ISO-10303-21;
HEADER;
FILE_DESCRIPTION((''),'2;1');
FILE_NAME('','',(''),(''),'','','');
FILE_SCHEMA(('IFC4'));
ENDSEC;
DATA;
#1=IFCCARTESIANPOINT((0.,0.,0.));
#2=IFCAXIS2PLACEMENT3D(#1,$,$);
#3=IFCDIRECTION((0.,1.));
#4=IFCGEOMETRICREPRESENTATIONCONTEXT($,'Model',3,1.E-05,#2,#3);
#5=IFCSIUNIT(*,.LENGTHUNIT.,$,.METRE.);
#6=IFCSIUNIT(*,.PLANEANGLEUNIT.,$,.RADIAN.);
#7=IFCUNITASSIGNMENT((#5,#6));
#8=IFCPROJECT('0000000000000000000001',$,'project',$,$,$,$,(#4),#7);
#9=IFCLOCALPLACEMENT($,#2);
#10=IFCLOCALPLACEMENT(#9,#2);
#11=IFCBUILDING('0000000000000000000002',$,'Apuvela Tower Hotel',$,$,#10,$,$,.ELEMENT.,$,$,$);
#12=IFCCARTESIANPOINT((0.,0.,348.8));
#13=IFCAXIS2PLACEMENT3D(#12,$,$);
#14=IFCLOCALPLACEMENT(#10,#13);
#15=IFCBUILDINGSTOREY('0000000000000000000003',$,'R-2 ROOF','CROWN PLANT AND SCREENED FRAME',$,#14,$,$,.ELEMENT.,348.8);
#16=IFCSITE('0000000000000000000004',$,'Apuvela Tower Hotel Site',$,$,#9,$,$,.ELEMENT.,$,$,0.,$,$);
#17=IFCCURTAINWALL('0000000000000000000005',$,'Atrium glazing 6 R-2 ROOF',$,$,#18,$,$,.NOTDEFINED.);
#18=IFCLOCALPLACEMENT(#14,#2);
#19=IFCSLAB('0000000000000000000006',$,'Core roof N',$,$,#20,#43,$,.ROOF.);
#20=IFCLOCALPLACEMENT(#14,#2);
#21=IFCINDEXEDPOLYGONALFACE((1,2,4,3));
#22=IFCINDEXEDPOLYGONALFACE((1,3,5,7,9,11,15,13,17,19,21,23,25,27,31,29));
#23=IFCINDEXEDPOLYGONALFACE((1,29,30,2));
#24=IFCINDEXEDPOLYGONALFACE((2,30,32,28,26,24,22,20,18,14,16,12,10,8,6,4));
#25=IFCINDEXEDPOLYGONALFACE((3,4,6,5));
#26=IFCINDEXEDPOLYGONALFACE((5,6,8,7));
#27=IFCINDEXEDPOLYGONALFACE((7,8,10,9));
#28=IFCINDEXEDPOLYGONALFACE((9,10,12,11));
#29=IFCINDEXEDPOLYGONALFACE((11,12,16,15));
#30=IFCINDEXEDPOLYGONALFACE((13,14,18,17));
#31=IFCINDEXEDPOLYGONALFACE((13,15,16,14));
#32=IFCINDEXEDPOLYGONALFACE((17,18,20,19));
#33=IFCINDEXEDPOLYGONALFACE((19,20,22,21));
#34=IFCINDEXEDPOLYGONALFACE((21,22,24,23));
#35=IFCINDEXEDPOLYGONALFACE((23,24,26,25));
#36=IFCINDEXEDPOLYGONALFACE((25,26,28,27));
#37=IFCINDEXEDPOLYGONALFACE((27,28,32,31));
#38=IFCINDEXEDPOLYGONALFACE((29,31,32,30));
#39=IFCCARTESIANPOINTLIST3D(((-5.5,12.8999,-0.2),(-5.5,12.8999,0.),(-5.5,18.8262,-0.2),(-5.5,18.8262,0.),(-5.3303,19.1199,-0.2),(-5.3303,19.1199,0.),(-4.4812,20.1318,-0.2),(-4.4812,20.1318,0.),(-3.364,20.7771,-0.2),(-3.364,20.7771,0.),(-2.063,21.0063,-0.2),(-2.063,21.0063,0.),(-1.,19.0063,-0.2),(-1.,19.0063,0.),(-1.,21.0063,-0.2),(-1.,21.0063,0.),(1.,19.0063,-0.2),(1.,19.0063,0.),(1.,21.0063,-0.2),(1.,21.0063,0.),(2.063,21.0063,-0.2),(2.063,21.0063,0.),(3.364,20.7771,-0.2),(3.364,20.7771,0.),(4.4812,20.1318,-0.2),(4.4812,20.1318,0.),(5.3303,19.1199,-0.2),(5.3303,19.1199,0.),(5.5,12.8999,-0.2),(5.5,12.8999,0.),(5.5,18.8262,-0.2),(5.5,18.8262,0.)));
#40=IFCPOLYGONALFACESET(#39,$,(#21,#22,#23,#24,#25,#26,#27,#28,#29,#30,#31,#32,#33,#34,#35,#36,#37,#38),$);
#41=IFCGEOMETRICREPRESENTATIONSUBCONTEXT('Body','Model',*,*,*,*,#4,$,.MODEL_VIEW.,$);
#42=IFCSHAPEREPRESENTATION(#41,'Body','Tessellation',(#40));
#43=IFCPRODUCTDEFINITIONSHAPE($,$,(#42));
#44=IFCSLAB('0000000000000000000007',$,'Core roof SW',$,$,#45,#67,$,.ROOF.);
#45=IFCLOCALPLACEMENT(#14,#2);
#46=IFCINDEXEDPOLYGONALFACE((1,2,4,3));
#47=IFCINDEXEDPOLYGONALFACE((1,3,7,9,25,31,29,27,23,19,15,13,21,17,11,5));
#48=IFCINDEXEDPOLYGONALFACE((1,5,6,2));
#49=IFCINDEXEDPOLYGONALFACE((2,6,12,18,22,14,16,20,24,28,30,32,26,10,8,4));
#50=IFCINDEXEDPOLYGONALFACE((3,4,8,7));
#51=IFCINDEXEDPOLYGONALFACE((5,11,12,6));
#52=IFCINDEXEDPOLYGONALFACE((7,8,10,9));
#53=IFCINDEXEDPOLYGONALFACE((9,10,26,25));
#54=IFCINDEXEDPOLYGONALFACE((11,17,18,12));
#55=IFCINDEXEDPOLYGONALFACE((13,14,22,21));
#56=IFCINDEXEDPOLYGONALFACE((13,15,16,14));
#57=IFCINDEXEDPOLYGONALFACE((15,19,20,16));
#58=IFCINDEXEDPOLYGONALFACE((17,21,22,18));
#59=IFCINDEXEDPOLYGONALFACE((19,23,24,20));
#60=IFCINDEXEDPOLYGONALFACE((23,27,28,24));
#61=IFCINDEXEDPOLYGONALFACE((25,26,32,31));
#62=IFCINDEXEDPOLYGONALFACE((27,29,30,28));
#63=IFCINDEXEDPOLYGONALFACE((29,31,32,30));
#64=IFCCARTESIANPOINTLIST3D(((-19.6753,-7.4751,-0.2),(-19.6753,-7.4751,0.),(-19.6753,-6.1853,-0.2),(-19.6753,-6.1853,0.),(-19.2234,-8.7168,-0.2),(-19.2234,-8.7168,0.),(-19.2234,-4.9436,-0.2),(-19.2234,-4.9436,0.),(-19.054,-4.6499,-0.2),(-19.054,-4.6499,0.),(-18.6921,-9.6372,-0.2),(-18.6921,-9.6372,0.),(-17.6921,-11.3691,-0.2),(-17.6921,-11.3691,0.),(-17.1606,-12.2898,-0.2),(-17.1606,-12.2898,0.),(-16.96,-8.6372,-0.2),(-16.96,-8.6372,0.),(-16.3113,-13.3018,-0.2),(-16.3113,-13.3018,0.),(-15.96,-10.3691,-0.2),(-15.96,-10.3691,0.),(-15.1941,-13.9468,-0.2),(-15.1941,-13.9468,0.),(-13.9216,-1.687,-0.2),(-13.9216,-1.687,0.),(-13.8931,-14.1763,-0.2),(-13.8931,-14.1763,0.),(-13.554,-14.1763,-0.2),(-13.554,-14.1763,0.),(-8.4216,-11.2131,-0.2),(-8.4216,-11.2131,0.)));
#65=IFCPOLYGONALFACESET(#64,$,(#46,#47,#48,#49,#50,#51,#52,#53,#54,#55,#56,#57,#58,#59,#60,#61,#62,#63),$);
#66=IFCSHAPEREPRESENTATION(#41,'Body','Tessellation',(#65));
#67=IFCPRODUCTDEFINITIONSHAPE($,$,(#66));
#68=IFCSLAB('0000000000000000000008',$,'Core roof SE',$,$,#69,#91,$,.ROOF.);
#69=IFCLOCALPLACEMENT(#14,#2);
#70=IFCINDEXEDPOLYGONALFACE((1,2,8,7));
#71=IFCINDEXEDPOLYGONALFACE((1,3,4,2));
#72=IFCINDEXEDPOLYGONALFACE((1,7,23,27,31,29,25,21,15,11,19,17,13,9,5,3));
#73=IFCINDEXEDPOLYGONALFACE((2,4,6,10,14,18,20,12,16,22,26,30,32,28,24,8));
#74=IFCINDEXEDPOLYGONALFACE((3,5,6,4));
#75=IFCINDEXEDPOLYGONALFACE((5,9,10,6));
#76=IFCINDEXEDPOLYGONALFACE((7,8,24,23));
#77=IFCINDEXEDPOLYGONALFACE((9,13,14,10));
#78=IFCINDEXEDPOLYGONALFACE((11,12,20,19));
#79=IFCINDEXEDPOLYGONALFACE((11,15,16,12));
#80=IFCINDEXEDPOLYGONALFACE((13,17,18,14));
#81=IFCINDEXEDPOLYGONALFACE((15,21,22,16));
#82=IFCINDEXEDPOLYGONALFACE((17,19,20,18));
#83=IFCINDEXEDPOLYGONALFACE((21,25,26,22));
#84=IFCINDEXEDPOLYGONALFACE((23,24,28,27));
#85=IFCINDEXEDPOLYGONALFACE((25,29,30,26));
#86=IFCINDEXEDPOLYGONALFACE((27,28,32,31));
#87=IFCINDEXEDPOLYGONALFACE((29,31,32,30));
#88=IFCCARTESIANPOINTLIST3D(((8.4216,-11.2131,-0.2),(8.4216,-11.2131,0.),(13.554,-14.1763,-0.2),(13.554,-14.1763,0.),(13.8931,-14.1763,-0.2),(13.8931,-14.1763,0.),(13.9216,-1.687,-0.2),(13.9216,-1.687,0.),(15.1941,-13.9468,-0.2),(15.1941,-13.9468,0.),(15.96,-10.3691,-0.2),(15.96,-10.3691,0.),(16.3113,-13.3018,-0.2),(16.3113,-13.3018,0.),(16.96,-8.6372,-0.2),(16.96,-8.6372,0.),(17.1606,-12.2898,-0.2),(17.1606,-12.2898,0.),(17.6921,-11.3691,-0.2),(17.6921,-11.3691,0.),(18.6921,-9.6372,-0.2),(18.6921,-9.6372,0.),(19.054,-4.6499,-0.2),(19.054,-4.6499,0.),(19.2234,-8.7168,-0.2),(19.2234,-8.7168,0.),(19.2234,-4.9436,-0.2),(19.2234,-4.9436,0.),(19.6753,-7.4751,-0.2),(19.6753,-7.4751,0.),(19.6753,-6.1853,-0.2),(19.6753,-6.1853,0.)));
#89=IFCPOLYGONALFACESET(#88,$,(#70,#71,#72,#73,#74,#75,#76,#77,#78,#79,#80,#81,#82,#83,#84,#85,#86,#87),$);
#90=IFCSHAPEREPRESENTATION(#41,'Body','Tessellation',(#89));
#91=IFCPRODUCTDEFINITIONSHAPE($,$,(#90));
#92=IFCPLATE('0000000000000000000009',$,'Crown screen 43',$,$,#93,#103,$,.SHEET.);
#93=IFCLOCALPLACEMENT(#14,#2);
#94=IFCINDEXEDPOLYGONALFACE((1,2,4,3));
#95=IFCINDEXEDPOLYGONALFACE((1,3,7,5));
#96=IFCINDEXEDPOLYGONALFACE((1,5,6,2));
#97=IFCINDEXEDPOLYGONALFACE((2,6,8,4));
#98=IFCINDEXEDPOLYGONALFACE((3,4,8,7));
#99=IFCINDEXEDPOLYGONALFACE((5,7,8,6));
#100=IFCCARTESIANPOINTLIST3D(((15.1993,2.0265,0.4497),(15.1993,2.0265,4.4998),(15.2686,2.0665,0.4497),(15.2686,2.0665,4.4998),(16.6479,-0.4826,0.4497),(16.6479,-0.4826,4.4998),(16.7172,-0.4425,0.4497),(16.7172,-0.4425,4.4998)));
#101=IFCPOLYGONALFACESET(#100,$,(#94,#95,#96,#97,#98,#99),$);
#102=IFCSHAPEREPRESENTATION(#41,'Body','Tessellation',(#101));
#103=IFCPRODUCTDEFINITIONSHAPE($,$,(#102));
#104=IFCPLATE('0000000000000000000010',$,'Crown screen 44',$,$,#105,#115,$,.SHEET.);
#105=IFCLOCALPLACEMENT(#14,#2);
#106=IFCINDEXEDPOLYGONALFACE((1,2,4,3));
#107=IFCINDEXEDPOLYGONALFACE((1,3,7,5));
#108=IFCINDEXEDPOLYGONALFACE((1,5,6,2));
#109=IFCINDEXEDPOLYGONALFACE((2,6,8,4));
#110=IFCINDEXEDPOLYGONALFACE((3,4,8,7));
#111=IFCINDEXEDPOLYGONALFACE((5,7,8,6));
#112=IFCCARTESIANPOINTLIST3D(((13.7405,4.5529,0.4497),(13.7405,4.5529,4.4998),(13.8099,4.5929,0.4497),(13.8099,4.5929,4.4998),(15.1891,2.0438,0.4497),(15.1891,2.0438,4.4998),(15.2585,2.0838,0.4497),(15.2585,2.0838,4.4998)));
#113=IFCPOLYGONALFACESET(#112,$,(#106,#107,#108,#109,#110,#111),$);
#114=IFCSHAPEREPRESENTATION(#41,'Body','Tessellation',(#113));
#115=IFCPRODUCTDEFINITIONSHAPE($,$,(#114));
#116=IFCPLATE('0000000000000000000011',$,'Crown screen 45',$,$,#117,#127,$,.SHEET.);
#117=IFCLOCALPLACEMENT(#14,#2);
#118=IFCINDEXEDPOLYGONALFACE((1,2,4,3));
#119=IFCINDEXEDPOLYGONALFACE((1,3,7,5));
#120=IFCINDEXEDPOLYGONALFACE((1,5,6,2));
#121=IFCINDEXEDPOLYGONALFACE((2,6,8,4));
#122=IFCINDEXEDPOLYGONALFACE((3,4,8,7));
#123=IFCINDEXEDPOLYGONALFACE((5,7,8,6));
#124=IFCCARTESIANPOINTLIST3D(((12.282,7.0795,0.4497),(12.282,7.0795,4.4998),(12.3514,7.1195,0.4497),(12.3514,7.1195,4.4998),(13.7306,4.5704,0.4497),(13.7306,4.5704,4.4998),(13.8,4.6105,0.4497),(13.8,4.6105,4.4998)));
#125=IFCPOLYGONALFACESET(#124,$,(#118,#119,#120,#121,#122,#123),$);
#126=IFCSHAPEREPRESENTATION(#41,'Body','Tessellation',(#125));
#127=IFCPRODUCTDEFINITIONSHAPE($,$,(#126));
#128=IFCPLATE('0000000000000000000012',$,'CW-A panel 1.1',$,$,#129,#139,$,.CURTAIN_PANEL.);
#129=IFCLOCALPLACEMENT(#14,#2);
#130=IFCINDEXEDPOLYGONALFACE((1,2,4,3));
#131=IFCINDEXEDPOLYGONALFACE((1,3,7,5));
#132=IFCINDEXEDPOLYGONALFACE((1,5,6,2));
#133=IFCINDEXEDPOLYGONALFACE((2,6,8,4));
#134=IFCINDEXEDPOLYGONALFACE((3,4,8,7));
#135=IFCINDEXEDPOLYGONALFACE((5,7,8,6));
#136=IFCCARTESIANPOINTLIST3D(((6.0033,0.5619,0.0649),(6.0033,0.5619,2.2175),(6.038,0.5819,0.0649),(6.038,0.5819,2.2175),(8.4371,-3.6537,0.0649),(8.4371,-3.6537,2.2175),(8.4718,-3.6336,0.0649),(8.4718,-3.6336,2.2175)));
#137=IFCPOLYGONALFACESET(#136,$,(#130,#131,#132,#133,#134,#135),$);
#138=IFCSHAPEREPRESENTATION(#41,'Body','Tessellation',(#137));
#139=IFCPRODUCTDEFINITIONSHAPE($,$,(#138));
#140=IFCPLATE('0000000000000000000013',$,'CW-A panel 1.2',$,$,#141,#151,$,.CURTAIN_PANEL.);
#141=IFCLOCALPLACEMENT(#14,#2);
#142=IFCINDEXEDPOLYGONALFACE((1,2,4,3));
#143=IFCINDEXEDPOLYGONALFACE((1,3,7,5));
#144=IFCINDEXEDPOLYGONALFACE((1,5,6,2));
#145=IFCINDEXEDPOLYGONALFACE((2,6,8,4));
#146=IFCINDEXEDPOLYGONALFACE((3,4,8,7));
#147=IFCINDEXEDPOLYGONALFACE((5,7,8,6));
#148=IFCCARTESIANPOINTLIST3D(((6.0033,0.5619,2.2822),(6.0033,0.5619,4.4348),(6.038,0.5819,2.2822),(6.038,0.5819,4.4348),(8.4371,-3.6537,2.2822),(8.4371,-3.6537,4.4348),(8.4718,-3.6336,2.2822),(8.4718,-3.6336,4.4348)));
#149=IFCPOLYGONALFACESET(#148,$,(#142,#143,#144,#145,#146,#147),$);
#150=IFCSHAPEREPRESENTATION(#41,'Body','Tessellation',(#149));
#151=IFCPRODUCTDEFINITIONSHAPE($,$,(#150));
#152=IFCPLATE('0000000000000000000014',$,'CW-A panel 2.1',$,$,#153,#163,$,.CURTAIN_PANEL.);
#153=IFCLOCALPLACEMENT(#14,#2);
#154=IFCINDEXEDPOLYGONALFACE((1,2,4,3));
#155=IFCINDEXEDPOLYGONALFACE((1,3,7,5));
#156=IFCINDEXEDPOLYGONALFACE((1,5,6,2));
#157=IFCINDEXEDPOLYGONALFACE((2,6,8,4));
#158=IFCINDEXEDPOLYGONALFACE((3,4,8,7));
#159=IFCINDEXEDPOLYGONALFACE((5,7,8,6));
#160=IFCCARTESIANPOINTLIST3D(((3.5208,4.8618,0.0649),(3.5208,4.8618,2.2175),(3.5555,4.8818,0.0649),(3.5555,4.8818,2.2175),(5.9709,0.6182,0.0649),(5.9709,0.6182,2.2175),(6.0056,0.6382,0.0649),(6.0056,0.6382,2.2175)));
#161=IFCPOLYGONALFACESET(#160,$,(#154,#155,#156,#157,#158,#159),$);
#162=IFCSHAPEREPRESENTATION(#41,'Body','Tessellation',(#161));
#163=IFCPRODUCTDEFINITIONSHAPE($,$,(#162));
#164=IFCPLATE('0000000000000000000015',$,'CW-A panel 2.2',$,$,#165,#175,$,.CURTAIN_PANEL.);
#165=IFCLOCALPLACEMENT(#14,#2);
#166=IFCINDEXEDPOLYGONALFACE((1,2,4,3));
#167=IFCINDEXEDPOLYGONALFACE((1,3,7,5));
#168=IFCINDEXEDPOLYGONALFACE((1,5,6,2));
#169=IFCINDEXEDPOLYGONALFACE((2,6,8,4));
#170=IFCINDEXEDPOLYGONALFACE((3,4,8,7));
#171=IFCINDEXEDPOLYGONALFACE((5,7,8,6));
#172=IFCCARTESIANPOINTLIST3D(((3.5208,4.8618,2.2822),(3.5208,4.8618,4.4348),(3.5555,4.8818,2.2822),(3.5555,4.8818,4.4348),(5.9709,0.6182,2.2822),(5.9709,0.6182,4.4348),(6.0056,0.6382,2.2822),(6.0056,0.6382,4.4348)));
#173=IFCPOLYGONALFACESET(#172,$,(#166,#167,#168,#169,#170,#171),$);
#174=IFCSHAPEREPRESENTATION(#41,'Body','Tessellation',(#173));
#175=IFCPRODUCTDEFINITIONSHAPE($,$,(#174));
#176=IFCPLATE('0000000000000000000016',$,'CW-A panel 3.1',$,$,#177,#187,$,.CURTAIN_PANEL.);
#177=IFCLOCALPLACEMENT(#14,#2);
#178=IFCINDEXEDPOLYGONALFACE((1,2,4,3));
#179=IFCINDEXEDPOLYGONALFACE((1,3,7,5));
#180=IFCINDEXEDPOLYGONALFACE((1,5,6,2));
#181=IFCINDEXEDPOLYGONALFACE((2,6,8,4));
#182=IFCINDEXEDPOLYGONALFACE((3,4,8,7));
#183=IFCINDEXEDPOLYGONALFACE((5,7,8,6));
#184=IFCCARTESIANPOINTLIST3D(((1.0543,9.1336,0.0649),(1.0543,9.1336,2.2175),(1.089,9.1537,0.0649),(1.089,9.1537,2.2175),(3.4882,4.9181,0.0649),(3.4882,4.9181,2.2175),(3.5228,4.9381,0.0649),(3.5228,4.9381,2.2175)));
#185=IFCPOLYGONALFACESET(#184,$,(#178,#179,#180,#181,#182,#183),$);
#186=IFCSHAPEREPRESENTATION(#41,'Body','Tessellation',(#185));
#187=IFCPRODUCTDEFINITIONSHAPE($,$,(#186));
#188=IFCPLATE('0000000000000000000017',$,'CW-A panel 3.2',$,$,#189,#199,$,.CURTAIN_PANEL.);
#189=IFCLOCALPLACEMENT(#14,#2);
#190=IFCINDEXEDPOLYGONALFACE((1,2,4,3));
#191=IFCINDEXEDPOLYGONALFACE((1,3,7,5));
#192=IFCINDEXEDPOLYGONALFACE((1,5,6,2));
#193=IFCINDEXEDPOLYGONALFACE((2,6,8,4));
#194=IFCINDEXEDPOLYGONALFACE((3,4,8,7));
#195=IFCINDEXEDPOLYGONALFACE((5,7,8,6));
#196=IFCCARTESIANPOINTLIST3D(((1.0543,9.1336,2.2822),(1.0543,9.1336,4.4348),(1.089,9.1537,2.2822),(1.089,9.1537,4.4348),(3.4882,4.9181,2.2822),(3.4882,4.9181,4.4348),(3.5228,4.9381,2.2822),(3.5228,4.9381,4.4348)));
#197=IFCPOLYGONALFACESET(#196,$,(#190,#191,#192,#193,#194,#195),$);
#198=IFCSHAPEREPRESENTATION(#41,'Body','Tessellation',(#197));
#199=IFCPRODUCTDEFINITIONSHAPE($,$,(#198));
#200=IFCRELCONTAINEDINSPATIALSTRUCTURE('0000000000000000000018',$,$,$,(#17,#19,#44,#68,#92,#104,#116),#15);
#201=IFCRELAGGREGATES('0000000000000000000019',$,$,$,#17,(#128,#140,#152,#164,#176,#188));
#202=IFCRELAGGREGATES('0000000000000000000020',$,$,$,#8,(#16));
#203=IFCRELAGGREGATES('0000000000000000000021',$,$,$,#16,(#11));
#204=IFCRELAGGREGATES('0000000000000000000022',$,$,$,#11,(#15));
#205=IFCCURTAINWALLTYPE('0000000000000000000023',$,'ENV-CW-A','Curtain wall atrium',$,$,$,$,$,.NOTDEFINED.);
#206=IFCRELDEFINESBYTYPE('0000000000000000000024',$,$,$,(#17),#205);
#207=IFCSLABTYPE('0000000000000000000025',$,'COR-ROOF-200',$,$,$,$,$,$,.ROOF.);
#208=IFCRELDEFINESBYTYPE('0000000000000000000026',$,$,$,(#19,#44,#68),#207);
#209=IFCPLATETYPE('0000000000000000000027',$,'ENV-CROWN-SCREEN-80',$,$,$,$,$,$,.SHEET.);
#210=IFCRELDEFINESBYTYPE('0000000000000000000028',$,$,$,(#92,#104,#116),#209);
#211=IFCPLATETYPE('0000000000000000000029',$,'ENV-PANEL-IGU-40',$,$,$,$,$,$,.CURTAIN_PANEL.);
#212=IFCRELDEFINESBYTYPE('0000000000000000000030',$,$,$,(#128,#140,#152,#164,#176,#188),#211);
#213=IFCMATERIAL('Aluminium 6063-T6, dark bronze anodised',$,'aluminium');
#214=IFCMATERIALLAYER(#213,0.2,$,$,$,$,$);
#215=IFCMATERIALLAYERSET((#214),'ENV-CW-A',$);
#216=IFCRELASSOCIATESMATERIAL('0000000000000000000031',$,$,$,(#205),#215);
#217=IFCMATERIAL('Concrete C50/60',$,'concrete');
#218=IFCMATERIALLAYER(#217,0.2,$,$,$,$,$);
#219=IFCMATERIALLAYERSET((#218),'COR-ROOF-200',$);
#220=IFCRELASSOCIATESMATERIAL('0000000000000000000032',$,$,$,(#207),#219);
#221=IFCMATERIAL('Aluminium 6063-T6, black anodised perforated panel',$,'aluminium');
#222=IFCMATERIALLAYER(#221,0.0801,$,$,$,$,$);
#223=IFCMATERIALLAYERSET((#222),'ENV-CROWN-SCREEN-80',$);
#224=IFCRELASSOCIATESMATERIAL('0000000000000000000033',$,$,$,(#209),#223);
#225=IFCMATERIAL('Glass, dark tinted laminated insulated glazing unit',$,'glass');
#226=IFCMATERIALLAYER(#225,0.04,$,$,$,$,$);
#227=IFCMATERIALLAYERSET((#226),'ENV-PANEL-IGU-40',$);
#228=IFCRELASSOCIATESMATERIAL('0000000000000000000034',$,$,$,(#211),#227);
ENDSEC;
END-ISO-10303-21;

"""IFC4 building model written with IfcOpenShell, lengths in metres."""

from ifc_helpers import new_model, si_unit, direction, frame, origin, origin_2d, place, context, subcontext, project, spatial, polyline, rectangle, outline, extrude, material, layer, layer_set, type_object, element, aggregate, save


model = new_model("IFC4")

# Units and contexts
model_context = context("Model", 3, precision=1e-05, world=origin(), true_north=direction((0.0, 1.0)))
body_context = subcontext(model_context, "Body", "Model", "MODEL_VIEW")
ifc_project = project(units=[si_unit("LENGTHUNIT", "METRE"), si_unit("PLANEANGLEUNIT", "RADIAN")], contexts=[model_context])

# Site, building, storey
site_placement = place(None, origin())
site = spatial("IfcSite", under=ifc_project, at=site_placement, Name="Apuvela Tower Hotel Site", CompositionType="ELEMENT", RefElevation=0.0)
building_placement = place(site_placement, origin())
building = spatial("IfcBuilding", under=site, at=building_placement, Name="Apuvela Tower Hotel", CompositionType="ELEMENT")
storey_placement = place(building_placement, frame((0.0, 0.0, 348.8)))
storey = spatial("IfcBuildingStorey", under=building, at=storey_placement, Name="R-2 ROOF", Description="CROWN PLANT AND SCREENED FRAME", CompositionType="ELEMENT", Elevation=348.8)

# Shared definitions
ifc_material_1 = material(Name="Aluminium 6063-T6, dark bronze anodised", Category="aluminium")

# Curtain wall
ifc_layer_1 = layer(ifc_material_1, 0.2)
ifc_layer_set_1 = layer_set([ifc_layer_1], Name="ENV-CW-A")
curtain_wall_type_1 = type_object("IfcCurtainWallType", Name="ENV-CW-A", Description="Curtain wall atrium", PredefinedType="NOTDEFINED", material=ifc_layer_set_1)
curtain_wall_1_placement = place(storey_placement, origin())
curtain_wall_1 = element("IfcCurtainWall", 1, at=curtain_wall_1_placement, inside=storey, type_object=curtain_wall_type_1, Name="Atrium glazing 6 R-2 ROOF", PredefinedType="NOTDEFINED")

# Slabs
ifc_material_2 = material(Name="Concrete C50/60", Category="concrete")
ifc_layer_2 = layer(ifc_material_2, 0.2)
ifc_layer_set_2 = layer_set([ifc_layer_2], Name="COR-ROOF-200")
slab_type = type_object("IfcSlabType", Name="COR-ROOF-200", PredefinedType="ROOF", material=ifc_layer_set_2)
slab_1_placement = place(storey_placement, frame((0.0, 0.0, -0.2)))
element("IfcSlab", 2, at=slab_1_placement, inside=storey, type_object=slab_type, Name="Core roof N", PredefinedType="ROOF", context=body_context, shape_type="SweptSolid", body=[
    extrude(outline(polyline([(-5.5, 18.8262), (-5.5, 12.8999), (5.5, 12.8999), (5.5, 18.8262), (5.3303, 19.1199), (4.4812, 20.1318), (3.364, 20.7771), (2.063, 21.0063), (1.0, 21.0063), (1.0, 19.0063), (-1.0, 19.0063), (-1.0, 21.0063), (-2.063, 21.0063), (-3.364, 20.7771), (-4.4812, 20.1318), (-5.3303, 19.1199), (-5.5, 18.8262)])), origin(), (0.0, 0.0, 1.0), 0.2),
])
slab_2_placement = place(storey_placement, frame((0.0, 0.0, -0.2)))
element("IfcSlab", 3, at=slab_2_placement, inside=storey, type_object=slab_type, Name="Core roof SW", PredefinedType="ROOF", context=body_context, shape_type="SweptSolid", body=[
    extrude(outline(polyline([(-13.554, -14.1763), (-8.4216, -11.2131), (-13.9216, -1.687), (-19.054, -4.6499), (-19.2234, -4.9436), (-19.6753, -6.1853), (-19.6753, -7.4751), (-19.2234, -8.7168), (-18.6921, -9.6372), (-16.96, -8.6372), (-15.96, -10.3691), (-17.6921, -11.3691), (-17.1606, -12.2898), (-16.3113, -13.3018), (-15.1941, -13.9468), (-13.8931, -14.1763), (-13.554, -14.1763)])), origin(), (0.0, 0.0, 1.0), 0.2),
])
slab_3_placement = place(storey_placement, frame((0.0, 0.0, -0.2)))
element("IfcSlab", 4, at=slab_3_placement, inside=storey, type_object=slab_type, Name="Core roof SE", PredefinedType="ROOF", context=body_context, shape_type="SweptSolid", body=[
    extrude(outline(polyline([(18.6921, -9.6372), (19.2234, -8.7168), (19.6753, -7.4751), (19.6753, -6.1853), (19.2234, -4.9436), (19.054, -4.6499), (13.9216, -1.687), (8.4216, -11.2131), (13.554, -14.1763), (13.8931, -14.1763), (15.1941, -13.9468), (16.3113, -13.3018), (17.1606, -12.2898), (17.6921, -11.3691), (15.96, -10.3691), (16.96, -8.6372), (18.6921, -9.6372)])), origin(), (0.0, 0.0, 1.0), 0.2),
])

# Plates
ifc_material_3 = material(Name="Aluminium 6063-T6, black anodised perforated panel", Category="aluminium")
ifc_layer_3 = layer(ifc_material_3, 0.0801)
ifc_layer_set_3 = layer_set([ifc_layer_3], Name="ENV-CROWN-SCREEN-80")
plate_type_1 = type_object("IfcPlateType", Name="ENV-CROWN-SCREEN-80", PredefinedType="SHEET", material=ifc_layer_set_3)
for number, where, z_axis, x_axis, name in (
    (5, (15.9583, 0.792, 0.4497), (0.0, 0.0, 1.0), (-0.5, 0.866025, 0.0), "Crown screen 43"),
    (6, (14.4995, 3.3184, 0.4497), (0.0, 0.0, 1.0), (-0.5, 0.866025, 0.0), "Crown screen 44"),
    (7, (13.041, 5.845, 0.4497), (0.0, 0.0, 1.0), (-0.5, 0.866025, 0.0), "Crown screen 45"),
):
    element("IfcPlate", number, at=place(storey_placement, frame(where, z_axis=z_axis, x_axis=x_axis)), inside=storey, type_object=plate_type_1, Name=name, PredefinedType="SHEET", context=body_context, shape_type="SweptSolid", body=[
        extrude(rectangle(XDim=2.8972, YDim=0.0801, at=origin_2d()), origin(), (0.0, 0.0, 1.0), 4.05),
    ])

# Plates
ifc_material_4 = material(Name="Glass, dark tinted laminated insulated glazing unit", Category="glass")
ifc_layer_4 = layer(ifc_material_4, 0.04)
ifc_layer_set_4 = layer_set([ifc_layer_4], Name="ENV-PANEL-IGU-40")
plate_type_2 = type_object("IfcPlateType", Name="ENV-PANEL-IGU-40", PredefinedType="CURTAIN_PANEL", material=ifc_layer_set_4)
plate_1_placement = place(storey_placement, frame((7.2375, -1.5359, 0.0649), z_axis=(0.0, 0.0, 1.0), x_axis=(-0.499999, 0.866026, 0.0)))
plate_1 = element("IfcPlate", 8, at=plate_1_placement, type_object=plate_type_2, Name="CW-A panel 1.1", PredefinedType="CURTAIN_PANEL", context=body_context, shape_type="SweptSolid", body=[
    extrude(rectangle(XDim=4.8677, YDim=0.04, at=origin_2d()), origin(), (0.0, 0.0, 1.0), 2.1526),
])
plate_2_placement = place(storey_placement, frame((7.2375, -1.5359, 2.2822), z_axis=(0.0, 0.0, 1.0), x_axis=(-0.499999, 0.866026, 0.0)))
plate_2 = element("IfcPlate", 9, at=plate_2_placement, type_object=plate_type_2, Name="CW-A panel 1.2", PredefinedType="CURTAIN_PANEL", context=body_context, shape_type="SweptSolid", body=[
    extrude(rectangle(XDim=4.8677, YDim=0.04, at=origin_2d()), origin(), (0.0, 0.0, 1.0), 2.1526),
])
plate_3_placement = place(storey_placement, frame((4.7632, 2.75, 0.0649), z_axis=(0.0, 0.0, 1.0), x_axis=(-0.499999, 0.866026, 0.0)))
plate_3 = element("IfcPlate", 10, at=plate_3_placement, type_object=plate_type_2, Name="CW-A panel 2.1", PredefinedType="CURTAIN_PANEL", context=body_context, shape_type="SweptSolid", body=[
    extrude(rectangle(XDim=4.9001, YDim=0.04, at=origin_2d()), origin(), (0.0, 0.0, 1.0), 2.1526),
])
plate_4_placement = place(storey_placement, frame((4.7632, 2.75, 2.2822), z_axis=(0.0, 0.0, 1.0), x_axis=(-0.499999, 0.866026, 0.0)))
plate_4 = element("IfcPlate", 11, at=plate_4_placement, type_object=plate_type_2, Name="CW-A panel 2.2", PredefinedType="CURTAIN_PANEL", context=body_context, shape_type="SweptSolid", body=[
    extrude(rectangle(XDim=4.9001, YDim=0.04, at=origin_2d()), origin(), (0.0, 0.0, 1.0), 2.1526),
])
plate_5_placement = place(storey_placement, frame((2.2886, 7.0359, 0.0649), z_axis=(0.0, 0.0, 1.0), x_axis=(-0.499999, 0.866026, 0.0)))
plate_5 = element("IfcPlate", 12, at=plate_5_placement, type_object=plate_type_2, Name="CW-A panel 3.1", PredefinedType="CURTAIN_PANEL", context=body_context, shape_type="SweptSolid", body=[
    extrude(rectangle(XDim=4.8677, YDim=0.04, at=origin_2d()), origin(), (0.0, 0.0, 1.0), 2.1526),
])
plate_6_placement = place(storey_placement, frame((2.2886, 7.0359, 2.2822), z_axis=(0.0, 0.0, 1.0), x_axis=(-0.499999, 0.866026, 0.0)))
plate_6 = element("IfcPlate", 13, at=plate_6_placement, type_object=plate_type_2, Name="CW-A panel 3.2", PredefinedType="CURTAIN_PANEL", context=body_context, shape_type="SweptSolid", body=[
    extrude(rectangle(XDim=4.8677, YDim=0.04, at=origin_2d()), origin(), (0.0, 0.0, 1.0), 2.1526),
])
aggregate(curtain_wall_1, [plate_1, plate_2, plate_3, plate_4, plate_5, plate_6])

save(model, "model.ifc")
